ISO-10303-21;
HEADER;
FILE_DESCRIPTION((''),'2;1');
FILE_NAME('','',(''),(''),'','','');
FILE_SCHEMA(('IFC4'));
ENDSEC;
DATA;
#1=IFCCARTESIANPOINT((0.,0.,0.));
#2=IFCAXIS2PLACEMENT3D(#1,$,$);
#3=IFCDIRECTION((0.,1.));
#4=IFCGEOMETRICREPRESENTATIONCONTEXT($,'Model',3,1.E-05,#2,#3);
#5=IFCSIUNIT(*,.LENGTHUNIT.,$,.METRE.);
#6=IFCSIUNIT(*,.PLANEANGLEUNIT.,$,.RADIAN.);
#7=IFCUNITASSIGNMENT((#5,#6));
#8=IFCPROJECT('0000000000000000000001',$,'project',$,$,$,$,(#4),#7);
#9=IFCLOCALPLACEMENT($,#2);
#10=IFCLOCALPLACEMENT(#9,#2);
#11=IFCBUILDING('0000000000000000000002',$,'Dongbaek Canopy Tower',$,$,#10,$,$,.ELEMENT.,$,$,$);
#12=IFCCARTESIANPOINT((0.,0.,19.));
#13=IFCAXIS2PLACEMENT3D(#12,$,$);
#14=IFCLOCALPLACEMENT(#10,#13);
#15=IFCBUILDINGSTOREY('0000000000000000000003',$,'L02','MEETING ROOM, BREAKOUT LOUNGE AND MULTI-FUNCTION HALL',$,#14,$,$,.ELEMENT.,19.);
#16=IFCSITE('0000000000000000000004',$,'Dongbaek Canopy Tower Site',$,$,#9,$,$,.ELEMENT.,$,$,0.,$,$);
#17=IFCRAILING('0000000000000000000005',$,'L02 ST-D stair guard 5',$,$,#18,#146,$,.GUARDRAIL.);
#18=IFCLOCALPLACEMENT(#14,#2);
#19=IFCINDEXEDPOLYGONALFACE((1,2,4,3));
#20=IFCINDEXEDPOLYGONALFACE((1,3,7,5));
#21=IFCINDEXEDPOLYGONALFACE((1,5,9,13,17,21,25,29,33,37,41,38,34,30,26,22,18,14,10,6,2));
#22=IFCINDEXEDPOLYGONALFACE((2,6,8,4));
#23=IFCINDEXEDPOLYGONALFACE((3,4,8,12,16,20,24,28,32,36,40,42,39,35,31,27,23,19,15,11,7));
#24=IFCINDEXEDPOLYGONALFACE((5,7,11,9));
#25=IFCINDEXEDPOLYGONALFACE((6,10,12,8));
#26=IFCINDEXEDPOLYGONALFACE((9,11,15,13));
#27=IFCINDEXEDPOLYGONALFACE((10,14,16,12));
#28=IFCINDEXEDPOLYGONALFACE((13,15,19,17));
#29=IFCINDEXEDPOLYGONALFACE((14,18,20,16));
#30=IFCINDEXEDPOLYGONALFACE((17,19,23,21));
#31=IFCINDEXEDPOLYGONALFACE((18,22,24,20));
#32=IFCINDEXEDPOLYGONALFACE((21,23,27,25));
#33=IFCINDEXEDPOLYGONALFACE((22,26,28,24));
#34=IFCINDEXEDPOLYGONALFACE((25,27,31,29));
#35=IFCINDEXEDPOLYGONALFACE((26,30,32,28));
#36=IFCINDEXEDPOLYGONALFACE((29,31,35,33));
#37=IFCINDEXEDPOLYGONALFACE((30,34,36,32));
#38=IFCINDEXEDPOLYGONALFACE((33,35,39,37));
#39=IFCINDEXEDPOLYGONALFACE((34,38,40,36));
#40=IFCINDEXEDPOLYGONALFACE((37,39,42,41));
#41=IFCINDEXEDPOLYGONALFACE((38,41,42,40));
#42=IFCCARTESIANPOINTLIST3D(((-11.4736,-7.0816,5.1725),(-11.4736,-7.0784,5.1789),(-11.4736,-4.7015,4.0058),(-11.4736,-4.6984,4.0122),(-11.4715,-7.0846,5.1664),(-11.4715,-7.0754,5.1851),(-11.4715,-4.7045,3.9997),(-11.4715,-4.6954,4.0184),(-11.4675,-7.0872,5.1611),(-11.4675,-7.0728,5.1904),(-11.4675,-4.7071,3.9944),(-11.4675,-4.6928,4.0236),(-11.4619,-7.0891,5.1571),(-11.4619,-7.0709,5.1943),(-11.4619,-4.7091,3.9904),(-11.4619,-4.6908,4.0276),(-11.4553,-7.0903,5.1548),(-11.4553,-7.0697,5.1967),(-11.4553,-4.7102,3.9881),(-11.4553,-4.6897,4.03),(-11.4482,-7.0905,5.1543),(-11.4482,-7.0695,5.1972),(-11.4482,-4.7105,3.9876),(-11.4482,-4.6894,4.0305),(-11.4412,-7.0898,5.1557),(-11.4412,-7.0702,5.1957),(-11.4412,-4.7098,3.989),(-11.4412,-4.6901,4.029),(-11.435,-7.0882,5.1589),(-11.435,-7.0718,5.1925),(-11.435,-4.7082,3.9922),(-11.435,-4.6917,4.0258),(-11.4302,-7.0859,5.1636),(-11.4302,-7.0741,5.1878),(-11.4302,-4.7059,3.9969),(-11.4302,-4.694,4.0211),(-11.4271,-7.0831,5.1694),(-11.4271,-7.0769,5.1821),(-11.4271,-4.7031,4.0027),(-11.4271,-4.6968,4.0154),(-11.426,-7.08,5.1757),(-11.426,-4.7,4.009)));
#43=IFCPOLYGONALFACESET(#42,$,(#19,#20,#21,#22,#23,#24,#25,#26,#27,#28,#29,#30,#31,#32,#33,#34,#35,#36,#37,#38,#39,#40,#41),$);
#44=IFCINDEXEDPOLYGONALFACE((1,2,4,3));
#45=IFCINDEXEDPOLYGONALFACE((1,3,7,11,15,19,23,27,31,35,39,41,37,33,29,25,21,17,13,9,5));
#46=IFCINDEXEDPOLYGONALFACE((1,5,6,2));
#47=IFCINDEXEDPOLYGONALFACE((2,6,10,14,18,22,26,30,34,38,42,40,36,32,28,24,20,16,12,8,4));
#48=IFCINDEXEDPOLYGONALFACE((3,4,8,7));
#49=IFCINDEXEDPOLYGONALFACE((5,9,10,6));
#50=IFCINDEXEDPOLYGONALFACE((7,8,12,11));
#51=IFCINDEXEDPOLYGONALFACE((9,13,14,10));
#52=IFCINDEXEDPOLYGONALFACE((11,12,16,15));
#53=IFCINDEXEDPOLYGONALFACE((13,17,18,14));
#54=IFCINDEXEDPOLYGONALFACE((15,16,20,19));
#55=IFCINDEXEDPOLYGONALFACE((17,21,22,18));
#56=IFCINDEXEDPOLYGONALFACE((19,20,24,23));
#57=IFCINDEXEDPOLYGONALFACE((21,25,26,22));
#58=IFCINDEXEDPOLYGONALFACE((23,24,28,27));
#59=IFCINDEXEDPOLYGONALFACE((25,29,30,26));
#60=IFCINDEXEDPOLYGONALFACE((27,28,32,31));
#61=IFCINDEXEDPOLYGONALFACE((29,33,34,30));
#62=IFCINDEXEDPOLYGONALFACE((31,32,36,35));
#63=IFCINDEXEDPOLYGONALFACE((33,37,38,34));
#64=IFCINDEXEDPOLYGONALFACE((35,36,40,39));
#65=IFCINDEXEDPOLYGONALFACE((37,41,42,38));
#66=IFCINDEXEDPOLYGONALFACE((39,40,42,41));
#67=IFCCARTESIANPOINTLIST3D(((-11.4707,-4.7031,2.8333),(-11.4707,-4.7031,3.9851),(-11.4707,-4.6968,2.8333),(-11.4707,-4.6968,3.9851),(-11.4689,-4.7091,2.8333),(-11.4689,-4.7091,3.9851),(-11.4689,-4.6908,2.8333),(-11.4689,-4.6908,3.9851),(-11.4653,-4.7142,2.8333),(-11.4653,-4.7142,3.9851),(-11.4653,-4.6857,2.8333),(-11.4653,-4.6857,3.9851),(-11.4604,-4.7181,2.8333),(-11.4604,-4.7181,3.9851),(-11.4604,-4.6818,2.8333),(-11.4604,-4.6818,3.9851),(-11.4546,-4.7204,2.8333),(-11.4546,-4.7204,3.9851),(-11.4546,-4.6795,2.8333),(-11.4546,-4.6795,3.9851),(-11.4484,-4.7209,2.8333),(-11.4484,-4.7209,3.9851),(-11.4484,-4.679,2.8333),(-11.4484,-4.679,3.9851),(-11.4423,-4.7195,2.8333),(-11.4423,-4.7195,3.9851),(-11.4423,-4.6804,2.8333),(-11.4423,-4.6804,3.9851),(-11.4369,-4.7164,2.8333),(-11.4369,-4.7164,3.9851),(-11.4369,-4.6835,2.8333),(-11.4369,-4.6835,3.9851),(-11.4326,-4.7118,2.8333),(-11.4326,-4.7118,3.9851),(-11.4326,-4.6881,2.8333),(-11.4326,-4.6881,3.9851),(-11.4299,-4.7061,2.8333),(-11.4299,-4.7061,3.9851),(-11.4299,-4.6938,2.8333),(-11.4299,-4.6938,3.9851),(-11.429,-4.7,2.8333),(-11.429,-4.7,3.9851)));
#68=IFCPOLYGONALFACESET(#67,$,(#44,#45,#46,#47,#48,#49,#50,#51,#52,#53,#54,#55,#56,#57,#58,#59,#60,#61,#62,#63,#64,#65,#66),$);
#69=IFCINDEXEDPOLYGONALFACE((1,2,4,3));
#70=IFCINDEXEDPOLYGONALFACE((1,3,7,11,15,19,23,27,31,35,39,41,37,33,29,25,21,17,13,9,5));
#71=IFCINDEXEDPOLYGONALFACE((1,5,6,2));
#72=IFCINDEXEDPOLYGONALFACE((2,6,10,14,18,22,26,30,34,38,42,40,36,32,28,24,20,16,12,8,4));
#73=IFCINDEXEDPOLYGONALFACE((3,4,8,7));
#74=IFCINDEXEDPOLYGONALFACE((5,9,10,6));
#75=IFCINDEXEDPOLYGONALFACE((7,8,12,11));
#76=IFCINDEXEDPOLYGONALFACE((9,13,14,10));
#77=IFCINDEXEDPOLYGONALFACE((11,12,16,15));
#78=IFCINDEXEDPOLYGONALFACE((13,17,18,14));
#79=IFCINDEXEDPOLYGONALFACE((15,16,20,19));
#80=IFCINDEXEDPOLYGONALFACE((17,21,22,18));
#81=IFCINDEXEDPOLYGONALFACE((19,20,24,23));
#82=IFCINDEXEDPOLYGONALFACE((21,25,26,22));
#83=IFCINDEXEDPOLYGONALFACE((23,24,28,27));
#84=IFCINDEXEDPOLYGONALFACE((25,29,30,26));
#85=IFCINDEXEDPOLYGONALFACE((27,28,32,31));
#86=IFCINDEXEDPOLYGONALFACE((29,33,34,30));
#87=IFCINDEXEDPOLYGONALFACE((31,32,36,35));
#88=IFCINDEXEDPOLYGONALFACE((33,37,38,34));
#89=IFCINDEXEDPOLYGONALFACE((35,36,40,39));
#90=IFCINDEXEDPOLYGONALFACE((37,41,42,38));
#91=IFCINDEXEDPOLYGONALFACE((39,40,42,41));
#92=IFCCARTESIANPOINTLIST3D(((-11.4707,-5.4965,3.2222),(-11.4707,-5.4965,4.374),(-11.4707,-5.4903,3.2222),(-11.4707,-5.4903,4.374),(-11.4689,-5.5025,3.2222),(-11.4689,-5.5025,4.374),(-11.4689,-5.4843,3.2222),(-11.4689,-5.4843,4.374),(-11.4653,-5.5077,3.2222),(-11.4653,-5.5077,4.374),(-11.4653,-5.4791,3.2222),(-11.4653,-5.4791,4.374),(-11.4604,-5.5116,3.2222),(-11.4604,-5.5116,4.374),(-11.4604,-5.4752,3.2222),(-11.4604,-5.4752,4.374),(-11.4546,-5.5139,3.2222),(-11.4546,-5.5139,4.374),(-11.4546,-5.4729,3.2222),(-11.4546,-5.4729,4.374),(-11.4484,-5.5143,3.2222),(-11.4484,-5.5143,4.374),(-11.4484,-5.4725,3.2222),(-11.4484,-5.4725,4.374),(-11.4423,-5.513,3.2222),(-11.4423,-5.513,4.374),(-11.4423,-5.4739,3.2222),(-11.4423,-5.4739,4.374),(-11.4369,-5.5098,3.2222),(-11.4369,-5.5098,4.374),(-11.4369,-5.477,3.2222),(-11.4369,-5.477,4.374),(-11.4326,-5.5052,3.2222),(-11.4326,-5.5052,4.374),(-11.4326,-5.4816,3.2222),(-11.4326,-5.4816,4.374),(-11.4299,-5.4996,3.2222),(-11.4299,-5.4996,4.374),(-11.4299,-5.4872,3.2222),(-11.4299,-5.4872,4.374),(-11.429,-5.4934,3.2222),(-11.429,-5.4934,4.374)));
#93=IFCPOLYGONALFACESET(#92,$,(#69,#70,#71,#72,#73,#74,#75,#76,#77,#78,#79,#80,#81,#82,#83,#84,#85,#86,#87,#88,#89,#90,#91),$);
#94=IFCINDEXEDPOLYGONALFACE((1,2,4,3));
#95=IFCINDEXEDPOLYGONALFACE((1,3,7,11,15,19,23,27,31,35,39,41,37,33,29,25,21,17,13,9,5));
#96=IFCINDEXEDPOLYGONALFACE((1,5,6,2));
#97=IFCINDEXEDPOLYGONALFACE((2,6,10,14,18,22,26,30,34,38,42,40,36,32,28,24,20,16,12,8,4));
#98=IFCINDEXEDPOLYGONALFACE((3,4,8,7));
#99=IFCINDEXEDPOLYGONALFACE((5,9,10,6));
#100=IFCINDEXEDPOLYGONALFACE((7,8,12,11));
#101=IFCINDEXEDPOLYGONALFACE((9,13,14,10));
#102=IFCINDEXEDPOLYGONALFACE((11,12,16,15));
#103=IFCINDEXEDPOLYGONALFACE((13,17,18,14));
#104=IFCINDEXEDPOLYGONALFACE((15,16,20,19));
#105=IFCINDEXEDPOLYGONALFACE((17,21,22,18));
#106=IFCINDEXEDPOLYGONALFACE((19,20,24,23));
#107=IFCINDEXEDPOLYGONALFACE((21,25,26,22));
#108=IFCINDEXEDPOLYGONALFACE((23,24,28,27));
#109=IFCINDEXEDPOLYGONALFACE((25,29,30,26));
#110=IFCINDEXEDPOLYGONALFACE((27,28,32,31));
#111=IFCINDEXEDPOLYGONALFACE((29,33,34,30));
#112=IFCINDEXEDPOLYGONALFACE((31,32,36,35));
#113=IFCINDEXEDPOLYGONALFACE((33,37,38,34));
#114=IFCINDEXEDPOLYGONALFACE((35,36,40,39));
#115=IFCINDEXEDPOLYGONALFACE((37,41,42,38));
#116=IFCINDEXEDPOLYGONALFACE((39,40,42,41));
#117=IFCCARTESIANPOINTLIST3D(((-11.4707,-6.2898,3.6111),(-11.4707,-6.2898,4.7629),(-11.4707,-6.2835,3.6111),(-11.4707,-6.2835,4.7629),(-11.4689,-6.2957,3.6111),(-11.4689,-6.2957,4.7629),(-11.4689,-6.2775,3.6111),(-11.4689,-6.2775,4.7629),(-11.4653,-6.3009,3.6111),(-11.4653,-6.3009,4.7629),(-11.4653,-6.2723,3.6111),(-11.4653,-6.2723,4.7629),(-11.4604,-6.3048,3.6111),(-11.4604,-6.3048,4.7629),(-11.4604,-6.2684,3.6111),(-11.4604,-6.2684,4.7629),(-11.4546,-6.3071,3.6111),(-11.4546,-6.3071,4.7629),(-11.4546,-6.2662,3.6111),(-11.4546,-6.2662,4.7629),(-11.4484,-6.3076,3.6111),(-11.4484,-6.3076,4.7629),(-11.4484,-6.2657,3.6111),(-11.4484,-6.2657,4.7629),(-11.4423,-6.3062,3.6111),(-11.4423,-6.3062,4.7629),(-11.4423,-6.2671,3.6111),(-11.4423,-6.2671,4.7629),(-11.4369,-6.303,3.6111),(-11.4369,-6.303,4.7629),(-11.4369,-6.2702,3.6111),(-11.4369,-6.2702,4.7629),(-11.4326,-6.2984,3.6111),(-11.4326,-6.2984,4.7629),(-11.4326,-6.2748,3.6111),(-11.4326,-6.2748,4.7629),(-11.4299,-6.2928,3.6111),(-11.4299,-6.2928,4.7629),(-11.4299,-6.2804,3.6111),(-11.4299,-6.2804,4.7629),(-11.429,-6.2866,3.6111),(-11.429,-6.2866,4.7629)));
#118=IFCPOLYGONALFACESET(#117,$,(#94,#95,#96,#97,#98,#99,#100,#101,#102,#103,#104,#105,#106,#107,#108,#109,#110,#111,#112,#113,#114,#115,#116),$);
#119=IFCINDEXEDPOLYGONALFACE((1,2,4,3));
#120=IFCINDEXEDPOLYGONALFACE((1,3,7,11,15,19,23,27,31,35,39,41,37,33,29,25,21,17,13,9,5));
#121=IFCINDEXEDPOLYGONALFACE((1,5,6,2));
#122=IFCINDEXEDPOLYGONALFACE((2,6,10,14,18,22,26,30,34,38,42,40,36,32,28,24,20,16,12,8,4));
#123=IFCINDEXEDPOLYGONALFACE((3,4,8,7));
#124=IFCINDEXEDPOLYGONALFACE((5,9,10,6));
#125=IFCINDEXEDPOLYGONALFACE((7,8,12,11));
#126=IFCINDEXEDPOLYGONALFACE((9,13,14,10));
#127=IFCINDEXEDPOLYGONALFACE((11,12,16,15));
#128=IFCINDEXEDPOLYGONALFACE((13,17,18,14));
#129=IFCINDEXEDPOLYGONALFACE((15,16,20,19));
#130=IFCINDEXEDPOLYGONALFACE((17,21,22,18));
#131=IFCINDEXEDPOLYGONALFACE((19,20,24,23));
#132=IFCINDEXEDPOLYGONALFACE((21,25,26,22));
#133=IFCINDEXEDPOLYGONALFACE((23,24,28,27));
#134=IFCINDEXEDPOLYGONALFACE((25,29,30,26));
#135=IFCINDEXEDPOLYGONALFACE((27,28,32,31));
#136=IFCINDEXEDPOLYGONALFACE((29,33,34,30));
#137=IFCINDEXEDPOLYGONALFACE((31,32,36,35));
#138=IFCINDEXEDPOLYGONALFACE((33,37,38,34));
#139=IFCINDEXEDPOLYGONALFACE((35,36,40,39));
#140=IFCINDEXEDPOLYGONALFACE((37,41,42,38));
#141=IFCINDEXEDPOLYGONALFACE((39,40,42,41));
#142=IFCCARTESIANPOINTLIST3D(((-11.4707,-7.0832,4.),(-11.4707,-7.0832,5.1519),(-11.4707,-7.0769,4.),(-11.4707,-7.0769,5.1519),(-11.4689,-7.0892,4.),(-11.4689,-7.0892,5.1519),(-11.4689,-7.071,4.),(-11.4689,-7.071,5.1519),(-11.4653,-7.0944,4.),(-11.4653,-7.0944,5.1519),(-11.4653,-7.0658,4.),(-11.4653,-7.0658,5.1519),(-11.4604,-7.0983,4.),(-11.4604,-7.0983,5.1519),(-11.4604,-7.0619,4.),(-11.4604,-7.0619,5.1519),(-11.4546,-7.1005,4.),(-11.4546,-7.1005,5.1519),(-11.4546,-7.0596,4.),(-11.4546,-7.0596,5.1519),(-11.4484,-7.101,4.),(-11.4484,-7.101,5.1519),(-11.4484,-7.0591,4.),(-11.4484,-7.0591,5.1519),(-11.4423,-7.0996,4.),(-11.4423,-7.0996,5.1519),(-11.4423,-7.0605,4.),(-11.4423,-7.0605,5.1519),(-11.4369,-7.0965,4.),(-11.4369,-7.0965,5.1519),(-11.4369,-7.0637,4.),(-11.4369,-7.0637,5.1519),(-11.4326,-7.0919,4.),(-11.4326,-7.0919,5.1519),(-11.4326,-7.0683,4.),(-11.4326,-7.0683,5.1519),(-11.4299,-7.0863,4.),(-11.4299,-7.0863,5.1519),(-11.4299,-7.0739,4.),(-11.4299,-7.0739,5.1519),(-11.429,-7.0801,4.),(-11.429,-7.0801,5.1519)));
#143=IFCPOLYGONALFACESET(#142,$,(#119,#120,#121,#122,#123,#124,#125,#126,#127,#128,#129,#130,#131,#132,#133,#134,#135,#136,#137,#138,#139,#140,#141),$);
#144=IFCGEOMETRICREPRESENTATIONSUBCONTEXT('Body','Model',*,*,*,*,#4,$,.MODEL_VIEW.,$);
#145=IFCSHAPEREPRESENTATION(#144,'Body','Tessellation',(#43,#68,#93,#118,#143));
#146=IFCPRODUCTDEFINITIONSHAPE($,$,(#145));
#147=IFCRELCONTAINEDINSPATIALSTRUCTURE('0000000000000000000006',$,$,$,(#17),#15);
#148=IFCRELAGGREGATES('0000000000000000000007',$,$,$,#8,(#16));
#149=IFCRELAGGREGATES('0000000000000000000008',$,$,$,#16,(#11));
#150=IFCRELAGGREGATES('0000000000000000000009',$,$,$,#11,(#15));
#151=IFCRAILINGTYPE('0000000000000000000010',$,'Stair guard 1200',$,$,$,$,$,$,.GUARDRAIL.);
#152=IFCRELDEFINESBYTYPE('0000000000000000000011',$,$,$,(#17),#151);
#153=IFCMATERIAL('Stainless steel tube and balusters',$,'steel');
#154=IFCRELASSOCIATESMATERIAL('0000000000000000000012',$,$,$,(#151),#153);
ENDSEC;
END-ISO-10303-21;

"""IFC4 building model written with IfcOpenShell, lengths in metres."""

from ifc_helpers import new_model, si_unit, direction, frame, origin, origin_2d, place, context, subcontext, project, spatial, circle, extrude, material, type_object, element, save


model = new_model("IFC4")

# Units and contexts
model_context = context("Model", 3, precision=1e-05, world=origin(), true_north=direction((0.0, 1.0)))
body_context = subcontext(model_context, "Body", "Model", "MODEL_VIEW")
ifc_project = project(units=[si_unit("LENGTHUNIT", "METRE"), si_unit("PLANEANGLEUNIT", "RADIAN")], contexts=[model_context])

# Site, building, storey
site_placement = place(None, origin())
site = spatial("IfcSite", under=ifc_project, at=site_placement, Name="Dongbaek Canopy Tower Site", CompositionType="ELEMENT", RefElevation=0.0)
building_placement = place(site_placement, origin())
building = spatial("IfcBuilding", under=site, at=building_placement, Name="Dongbaek Canopy Tower", CompositionType="ELEMENT")
storey_placement = place(building_placement, frame((0.0, 0.0, 19.0)))
storey = spatial("IfcBuildingStorey", under=building, at=storey_placement, Name="L02", Description="MEETING ROOM, BREAKOUT LOUNGE AND MULTI-FUNCTION HALL", CompositionType="ELEMENT", Elevation=19.0)

# Railing
ifc_material_1 = material(Name="Stainless steel tube and balusters", Category="steel")
railing_type_1 = type_object("IfcRailingType", Name="Stair guard 1200", PredefinedType="GUARDRAIL", material=ifc_material_1)
for number, where, name in (
    (1, (-11.45, -4.7, 2.8333), "L02 ST-D stair guard 5"),
):
    element("IfcRailing", number, at=place(storey_placement, frame(where)), inside=storey, type_object=railing_type_1, Name=name, PredefinedType="GUARDRAIL", context=body_context, shape_type="SweptSolid", body=[
        extrude(circle(Radius=0.0239, at=origin_2d()), frame((0.0, 0.0, 1.1758), z_axis=(0.0, -0.897918, 0.440163), x_axis=(1.0, 0.0, 0.0)), (0.0, 0.0, 1.0), 2.6506),
        extrude(circle(Radius=0.021, at=origin_2d()), origin(), (0.0, 0.0, 1.0), 1.1519),
        extrude(circle(Radius=0.021, at=origin_2d()), frame((0.0, -0.7935, 0.3889)), (0.0, 0.0, 1.0), 1.1519),
        extrude(circle(Radius=0.021, at=origin_2d()), frame((0.0, -1.5867, 0.7778)), (0.0, 0.0, 1.0), 1.1519),
        extrude(circle(Radius=0.021, at=origin_2d()), frame((0.0, -2.3801, 1.1667)), (0.0, 0.0, 1.0), 1.1519),
    ])

save(model, "model.ifc")
